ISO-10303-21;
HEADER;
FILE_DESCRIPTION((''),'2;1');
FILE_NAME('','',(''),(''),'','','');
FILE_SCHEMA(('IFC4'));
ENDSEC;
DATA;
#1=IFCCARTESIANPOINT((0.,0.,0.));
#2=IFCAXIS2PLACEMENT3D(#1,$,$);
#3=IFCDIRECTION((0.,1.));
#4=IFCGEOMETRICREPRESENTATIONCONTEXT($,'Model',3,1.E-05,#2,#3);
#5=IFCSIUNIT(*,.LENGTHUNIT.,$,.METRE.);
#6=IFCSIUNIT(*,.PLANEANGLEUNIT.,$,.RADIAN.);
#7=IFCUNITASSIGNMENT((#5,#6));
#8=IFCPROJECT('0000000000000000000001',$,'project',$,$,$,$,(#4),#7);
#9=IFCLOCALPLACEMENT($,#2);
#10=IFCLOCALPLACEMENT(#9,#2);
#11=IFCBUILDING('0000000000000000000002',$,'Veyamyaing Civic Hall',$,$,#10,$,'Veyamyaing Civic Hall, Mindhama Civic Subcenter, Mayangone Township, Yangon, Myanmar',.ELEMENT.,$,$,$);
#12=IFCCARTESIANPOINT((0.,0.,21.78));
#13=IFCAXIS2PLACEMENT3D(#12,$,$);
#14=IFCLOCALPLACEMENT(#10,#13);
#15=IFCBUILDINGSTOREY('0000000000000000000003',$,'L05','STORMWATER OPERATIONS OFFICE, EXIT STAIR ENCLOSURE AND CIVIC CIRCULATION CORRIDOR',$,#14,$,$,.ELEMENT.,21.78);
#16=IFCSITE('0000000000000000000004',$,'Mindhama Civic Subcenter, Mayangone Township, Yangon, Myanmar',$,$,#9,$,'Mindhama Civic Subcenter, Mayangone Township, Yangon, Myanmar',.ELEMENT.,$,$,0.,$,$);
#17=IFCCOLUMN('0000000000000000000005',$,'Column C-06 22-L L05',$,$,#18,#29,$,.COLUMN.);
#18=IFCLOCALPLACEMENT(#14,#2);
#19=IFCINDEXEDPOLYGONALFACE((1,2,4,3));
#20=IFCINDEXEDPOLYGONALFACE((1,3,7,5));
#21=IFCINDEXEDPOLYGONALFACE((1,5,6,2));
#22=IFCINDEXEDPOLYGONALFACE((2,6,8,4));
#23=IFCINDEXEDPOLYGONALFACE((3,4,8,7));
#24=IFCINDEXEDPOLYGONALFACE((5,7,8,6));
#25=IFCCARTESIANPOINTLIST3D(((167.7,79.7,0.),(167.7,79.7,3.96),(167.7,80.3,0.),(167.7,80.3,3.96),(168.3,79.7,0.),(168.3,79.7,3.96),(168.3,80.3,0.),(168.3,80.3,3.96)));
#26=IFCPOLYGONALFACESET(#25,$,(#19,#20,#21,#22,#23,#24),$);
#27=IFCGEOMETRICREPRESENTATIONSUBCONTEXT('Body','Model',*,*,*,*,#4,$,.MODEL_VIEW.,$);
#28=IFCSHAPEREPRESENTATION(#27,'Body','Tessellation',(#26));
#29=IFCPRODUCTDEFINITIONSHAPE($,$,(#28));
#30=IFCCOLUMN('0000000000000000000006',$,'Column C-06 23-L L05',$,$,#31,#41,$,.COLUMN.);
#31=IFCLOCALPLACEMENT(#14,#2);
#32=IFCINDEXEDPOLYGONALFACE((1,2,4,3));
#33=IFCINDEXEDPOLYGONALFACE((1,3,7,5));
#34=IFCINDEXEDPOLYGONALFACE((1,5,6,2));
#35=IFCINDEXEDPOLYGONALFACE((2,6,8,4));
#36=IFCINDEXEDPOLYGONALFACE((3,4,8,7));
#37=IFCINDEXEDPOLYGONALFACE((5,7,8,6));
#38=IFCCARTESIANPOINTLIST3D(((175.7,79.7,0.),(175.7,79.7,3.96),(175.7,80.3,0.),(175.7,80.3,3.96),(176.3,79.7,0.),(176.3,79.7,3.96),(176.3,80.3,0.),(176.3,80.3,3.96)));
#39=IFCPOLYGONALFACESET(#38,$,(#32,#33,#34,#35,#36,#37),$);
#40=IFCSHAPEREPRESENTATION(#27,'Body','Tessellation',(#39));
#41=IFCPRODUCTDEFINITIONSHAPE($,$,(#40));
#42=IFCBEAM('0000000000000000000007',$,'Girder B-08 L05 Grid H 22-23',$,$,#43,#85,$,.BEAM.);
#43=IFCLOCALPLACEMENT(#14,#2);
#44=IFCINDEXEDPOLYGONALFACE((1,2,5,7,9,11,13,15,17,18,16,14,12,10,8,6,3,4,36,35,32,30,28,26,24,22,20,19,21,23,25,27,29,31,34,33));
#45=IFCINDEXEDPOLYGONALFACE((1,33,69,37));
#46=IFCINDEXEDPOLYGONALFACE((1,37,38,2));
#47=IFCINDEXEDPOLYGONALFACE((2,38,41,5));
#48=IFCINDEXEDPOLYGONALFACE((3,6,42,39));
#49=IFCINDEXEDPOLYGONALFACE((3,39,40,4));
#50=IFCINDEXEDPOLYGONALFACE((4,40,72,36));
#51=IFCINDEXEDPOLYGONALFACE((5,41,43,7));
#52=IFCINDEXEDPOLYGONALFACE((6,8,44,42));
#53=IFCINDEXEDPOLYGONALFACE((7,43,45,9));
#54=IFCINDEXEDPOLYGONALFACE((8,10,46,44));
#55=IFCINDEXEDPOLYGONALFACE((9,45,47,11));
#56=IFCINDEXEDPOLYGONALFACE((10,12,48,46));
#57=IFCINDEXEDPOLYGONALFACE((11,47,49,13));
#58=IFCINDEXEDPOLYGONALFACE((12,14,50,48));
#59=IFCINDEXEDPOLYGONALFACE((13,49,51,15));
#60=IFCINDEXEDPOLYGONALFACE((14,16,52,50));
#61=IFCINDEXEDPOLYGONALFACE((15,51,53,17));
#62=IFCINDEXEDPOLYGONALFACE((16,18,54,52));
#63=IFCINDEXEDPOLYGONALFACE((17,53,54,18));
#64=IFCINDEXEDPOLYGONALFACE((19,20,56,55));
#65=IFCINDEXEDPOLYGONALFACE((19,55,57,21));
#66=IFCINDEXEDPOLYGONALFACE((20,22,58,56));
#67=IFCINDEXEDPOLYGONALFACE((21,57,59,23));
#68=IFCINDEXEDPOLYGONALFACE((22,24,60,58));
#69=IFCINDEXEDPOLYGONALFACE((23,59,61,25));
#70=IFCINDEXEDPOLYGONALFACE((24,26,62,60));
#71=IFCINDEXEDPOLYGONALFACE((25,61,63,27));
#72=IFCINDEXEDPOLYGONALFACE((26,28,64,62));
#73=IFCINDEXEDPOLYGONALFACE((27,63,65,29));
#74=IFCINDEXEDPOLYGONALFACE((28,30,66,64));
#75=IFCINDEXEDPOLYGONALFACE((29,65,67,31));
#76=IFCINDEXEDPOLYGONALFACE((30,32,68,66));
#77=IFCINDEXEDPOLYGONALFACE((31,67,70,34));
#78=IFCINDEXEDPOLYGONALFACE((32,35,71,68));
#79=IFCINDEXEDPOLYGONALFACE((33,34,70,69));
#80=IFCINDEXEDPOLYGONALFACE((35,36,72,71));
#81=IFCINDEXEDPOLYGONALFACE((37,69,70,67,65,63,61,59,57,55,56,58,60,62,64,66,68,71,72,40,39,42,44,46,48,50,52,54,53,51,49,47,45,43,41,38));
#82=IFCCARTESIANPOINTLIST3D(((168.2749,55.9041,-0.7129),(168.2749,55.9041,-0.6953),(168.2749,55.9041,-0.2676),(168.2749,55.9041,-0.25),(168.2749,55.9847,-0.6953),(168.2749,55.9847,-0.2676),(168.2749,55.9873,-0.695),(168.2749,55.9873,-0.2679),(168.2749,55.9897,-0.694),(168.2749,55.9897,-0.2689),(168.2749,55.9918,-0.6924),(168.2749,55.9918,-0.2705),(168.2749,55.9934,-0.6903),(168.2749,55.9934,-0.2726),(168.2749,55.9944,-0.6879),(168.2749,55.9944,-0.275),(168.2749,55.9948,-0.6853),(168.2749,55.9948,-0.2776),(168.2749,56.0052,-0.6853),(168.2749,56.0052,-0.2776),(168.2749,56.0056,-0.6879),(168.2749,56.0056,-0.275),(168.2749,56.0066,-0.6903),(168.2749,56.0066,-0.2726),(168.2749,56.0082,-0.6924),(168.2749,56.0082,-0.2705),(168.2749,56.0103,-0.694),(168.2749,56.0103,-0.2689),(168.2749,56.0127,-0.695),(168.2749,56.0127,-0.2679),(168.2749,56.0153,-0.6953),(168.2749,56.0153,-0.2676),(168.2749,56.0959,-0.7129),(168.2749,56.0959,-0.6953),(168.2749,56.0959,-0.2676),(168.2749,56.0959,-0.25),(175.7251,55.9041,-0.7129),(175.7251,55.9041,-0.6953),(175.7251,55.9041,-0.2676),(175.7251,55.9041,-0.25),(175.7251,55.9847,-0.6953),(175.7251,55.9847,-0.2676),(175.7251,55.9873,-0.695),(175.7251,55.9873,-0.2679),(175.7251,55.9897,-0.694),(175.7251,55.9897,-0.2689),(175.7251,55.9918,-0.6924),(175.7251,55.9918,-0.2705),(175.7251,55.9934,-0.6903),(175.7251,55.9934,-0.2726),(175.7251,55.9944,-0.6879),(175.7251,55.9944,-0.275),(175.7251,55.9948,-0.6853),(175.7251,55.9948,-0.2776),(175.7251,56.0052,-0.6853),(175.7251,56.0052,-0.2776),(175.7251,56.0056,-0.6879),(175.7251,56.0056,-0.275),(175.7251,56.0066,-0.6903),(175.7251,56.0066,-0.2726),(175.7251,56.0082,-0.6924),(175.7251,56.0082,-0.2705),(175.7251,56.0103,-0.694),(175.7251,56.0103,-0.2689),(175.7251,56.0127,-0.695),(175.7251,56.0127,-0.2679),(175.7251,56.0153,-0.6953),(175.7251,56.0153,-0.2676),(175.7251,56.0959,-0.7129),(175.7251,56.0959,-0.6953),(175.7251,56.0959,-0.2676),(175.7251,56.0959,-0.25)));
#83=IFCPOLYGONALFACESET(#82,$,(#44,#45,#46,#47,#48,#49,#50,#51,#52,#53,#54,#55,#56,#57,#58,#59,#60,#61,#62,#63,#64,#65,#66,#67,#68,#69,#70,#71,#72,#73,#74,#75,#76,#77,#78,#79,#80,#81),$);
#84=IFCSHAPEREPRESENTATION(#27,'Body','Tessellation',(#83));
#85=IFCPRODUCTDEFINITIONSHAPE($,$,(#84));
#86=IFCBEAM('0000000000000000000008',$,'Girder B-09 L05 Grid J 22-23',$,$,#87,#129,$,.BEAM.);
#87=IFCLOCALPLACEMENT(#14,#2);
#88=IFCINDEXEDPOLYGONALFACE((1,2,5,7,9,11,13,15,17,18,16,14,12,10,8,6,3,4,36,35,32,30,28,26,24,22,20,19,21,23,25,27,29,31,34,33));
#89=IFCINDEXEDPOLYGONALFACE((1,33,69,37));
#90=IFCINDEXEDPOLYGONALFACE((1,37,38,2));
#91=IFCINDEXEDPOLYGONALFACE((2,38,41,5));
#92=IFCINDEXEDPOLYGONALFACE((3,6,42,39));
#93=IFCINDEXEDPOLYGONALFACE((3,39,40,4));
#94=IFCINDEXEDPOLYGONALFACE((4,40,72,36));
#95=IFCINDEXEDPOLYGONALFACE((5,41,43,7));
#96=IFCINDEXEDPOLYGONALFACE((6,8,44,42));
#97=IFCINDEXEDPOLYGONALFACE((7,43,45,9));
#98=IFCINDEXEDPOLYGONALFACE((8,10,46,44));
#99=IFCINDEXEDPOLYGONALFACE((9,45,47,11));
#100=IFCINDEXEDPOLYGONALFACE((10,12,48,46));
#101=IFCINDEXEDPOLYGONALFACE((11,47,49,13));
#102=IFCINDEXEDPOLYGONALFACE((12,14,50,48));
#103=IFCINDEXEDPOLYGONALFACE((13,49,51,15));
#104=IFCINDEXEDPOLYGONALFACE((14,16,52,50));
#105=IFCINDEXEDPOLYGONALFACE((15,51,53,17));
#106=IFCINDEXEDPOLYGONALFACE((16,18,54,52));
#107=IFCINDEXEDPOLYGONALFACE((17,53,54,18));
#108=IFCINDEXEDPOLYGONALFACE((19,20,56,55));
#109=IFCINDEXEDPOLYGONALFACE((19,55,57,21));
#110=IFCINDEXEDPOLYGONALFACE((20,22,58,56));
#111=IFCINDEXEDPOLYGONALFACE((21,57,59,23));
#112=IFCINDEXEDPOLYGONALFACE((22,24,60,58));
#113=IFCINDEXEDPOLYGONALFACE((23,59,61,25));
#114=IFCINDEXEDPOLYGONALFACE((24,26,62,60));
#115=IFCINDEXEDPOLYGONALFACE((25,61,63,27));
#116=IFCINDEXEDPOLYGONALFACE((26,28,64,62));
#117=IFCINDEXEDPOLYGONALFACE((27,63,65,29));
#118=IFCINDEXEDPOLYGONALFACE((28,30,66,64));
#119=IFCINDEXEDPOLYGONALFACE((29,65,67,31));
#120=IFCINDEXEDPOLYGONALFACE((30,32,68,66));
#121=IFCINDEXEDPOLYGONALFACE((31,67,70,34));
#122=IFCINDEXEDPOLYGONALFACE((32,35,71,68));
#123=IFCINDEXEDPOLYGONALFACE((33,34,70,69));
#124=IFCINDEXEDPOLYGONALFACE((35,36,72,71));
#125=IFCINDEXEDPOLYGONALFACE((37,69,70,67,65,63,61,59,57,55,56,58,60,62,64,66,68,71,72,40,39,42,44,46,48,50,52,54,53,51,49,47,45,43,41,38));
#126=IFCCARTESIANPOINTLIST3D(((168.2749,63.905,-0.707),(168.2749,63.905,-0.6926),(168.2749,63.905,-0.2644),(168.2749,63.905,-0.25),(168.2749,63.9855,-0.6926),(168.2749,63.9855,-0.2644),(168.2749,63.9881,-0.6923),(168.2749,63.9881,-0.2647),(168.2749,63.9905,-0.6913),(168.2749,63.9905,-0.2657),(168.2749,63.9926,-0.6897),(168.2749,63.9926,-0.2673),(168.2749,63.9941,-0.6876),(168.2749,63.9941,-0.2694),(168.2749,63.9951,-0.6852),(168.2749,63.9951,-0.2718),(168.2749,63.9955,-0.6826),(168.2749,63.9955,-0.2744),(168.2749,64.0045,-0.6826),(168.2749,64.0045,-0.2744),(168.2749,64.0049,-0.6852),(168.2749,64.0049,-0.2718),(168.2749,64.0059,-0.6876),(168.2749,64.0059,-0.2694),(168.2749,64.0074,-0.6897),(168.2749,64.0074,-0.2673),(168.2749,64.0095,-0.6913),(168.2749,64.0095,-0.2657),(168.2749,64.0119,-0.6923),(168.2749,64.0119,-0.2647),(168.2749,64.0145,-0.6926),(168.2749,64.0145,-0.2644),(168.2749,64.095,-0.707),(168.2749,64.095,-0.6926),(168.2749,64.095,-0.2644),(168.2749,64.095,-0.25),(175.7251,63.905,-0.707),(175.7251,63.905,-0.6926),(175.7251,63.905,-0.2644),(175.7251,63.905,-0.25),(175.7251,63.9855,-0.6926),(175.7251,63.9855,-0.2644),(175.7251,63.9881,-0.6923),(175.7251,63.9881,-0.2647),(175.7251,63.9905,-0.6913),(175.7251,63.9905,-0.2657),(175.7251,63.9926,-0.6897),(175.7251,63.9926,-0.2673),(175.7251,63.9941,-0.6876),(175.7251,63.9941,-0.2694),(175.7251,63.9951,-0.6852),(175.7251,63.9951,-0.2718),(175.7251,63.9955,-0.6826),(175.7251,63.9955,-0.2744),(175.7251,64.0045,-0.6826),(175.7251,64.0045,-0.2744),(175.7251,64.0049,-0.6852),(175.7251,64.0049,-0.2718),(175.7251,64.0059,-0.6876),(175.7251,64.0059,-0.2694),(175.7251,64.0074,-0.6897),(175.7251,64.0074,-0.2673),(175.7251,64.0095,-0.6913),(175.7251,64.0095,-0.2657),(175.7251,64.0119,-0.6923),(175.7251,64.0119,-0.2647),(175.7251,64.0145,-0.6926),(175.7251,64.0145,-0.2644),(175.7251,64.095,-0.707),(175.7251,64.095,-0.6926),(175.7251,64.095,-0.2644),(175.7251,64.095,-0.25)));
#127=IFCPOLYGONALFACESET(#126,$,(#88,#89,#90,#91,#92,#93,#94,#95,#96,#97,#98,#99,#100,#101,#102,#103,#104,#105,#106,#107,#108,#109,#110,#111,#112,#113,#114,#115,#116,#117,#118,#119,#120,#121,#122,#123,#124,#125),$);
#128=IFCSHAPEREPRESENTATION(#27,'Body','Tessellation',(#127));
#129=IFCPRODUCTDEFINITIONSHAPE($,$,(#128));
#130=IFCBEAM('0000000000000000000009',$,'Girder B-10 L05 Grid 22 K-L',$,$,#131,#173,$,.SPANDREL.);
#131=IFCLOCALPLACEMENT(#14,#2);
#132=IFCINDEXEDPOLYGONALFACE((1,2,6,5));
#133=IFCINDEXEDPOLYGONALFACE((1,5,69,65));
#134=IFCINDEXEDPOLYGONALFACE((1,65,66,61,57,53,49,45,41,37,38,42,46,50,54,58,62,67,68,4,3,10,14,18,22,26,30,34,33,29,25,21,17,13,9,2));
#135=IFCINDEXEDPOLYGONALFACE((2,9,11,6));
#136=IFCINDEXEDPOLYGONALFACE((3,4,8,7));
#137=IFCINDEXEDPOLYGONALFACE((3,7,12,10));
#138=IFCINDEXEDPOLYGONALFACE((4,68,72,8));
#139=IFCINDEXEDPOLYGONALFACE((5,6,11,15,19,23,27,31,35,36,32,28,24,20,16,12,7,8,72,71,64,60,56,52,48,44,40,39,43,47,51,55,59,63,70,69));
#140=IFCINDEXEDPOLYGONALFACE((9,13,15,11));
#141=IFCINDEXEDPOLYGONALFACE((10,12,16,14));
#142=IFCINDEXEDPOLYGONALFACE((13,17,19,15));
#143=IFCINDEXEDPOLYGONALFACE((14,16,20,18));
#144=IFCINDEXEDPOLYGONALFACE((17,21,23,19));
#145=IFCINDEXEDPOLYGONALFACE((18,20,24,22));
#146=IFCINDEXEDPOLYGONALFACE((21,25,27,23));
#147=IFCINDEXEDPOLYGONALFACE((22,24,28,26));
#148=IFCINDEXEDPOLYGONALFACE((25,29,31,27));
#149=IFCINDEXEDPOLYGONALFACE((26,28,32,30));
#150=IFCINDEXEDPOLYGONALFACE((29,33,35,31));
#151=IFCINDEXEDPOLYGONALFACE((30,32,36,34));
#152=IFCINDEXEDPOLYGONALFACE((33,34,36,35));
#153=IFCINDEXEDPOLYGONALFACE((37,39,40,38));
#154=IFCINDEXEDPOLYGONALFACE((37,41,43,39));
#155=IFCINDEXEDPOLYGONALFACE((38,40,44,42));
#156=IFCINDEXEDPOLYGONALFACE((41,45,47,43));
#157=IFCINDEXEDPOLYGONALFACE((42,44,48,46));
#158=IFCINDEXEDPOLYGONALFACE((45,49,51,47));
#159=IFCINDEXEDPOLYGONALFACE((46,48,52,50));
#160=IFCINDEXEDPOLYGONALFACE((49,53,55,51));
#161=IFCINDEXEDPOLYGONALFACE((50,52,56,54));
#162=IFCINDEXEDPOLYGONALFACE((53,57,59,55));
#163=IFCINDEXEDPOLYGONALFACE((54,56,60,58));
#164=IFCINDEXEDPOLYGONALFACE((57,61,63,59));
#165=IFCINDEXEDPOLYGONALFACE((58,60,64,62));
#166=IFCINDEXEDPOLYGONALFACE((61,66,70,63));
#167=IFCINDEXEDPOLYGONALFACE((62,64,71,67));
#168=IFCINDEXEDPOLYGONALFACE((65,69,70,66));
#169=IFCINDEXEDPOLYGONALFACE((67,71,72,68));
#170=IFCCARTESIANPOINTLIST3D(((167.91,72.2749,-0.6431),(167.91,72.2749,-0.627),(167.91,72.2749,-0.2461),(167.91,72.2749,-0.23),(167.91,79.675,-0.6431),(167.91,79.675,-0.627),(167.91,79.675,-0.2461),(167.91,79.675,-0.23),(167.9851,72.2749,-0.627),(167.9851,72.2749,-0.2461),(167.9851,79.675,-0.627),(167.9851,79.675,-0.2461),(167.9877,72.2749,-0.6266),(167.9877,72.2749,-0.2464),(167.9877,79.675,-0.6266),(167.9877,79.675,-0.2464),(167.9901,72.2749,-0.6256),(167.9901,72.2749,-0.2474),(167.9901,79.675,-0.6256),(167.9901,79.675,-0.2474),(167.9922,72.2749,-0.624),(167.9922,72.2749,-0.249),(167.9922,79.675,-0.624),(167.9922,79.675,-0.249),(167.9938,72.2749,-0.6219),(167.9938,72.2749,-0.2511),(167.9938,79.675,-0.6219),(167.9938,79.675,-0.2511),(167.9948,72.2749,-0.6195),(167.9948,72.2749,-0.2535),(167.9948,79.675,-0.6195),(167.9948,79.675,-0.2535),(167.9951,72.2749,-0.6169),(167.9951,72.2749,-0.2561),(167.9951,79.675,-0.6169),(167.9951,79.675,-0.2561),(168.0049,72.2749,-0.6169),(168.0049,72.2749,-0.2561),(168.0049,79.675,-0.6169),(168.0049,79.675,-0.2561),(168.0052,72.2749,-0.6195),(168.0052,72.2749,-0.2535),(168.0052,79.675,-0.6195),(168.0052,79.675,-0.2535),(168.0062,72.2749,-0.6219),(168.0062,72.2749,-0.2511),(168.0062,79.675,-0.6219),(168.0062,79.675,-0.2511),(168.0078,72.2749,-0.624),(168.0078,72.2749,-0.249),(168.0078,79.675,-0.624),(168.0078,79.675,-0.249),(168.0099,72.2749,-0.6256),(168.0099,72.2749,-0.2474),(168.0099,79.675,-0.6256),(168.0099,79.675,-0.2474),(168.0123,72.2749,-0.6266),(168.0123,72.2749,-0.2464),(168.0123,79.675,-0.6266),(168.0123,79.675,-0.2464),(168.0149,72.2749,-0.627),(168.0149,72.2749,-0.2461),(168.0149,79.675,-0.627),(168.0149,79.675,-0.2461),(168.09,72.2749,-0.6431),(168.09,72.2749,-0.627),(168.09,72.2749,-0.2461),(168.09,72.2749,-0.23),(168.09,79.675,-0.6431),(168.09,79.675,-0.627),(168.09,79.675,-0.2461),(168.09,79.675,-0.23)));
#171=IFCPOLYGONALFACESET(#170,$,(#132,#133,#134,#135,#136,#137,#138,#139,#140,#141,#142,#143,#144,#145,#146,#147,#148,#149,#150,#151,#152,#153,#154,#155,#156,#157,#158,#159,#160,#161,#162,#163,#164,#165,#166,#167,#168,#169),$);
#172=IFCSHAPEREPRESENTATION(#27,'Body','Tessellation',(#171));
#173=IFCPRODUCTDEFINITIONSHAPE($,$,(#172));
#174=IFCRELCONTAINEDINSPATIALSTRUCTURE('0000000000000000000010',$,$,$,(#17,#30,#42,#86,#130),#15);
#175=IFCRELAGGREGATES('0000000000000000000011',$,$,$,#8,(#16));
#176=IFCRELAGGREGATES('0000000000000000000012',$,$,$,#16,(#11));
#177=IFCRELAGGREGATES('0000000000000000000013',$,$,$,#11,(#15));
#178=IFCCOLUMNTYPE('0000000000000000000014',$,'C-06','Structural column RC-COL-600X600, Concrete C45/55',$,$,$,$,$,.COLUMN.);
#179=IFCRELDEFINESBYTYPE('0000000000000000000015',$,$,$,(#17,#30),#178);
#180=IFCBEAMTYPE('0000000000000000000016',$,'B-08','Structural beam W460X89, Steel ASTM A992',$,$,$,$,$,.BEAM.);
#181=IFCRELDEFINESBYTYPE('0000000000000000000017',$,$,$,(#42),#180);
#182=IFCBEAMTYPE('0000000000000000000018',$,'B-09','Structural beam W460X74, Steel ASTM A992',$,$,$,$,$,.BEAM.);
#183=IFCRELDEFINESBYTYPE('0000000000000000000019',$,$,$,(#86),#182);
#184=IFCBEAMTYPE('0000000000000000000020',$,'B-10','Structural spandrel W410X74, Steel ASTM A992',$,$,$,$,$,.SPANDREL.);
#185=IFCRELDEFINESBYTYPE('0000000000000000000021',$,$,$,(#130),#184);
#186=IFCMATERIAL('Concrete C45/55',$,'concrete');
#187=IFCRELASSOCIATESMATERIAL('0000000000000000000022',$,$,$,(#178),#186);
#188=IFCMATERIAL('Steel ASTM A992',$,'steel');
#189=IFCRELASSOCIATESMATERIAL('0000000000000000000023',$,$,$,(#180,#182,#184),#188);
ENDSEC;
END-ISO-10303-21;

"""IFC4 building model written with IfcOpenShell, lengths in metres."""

from ifc_helpers import new_model, si_unit, direction, frame, origin, origin_2d, place, context, subcontext, project, spatial, rectangle, i_section, extrude, material, material_profile, profile_set, type_object, element, save


model = new_model("IFC4")

# Units and contexts
model_context = context("Model", 3, precision=1e-05, world=origin(), true_north=direction((0.0, 1.0)))
body_context = subcontext(model_context, "Body", "Model", "MODEL_VIEW")
ifc_project = project(units=[si_unit("LENGTHUNIT", "METRE"), si_unit("PLANEANGLEUNIT", "RADIAN")], contexts=[model_context])

# Site, building, storey
site_placement = place(None, origin())
site = spatial("IfcSite", under=ifc_project, at=site_placement, Name="Mindhama Civic Subcenter, Mayangone Township, Yangon, Myanmar", LongName="Mindhama Civic Subcenter, Mayangone Township, Yangon, Myanmar", CompositionType="ELEMENT", RefElevation=0.0)
building_placement = place(site_placement, origin())
building = spatial("IfcBuilding", under=site, at=building_placement, Name="Veyamyaing Civic Hall", LongName="Veyamyaing Civic Hall, Mindhama Civic Subcenter, Mayangone Township, Yangon, Myanmar", CompositionType="ELEMENT")
storey_placement = place(building_placement, frame((0.0, 0.0, 21.78)))
storey = spatial("IfcBuildingStorey", under=building, at=storey_placement, Name="L05", Description="STORMWATER OPERATIONS OFFICE, EXIT STAIR ENCLOSURE AND CIVIC CIRCULATION CORRIDOR", CompositionType="ELEMENT", Elevation=21.78)

# Columns
ifc_material_1 = material(Name="Concrete C45/55", Category="concrete")
ifc_material_profile_1 = material_profile(ifc_material_1, rectangle(XDim=0.6001, YDim=0.6001, at=origin_2d()), Name="RC-COL-600X600")
ifc_profile_set_1 = profile_set([ifc_material_profile_1], Name="Concrete C45/55")
column_type = type_object("IfcColumnType", Name="C-06", Description="Structural column RC-COL-600X600, Concrete C45/55", PredefinedType="COLUMN", material=ifc_profile_set_1)
for number, where, z_axis, x_axis, name in (
    (1, (168.0, 80.0, 0.0), (0.0, 0.0, 1.0), (1.0, 0.0, 0.0), "Column C-06 22-L L05"),
    (2, (176.0, 80.0, 0.0), (0.0, 0.0, 1.0), (1.0, 0.0, 0.0), "Column C-06 23-L L05"),
):
    element("IfcColumn", number, at=place(storey_placement, frame(where, z_axis=z_axis, x_axis=x_axis)), inside=storey, type_object=column_type, Name=name, PredefinedType="COLUMN", context=body_context, shape_type="SweptSolid", body=[
        extrude(rectangle(XDim=0.6001, YDim=0.6001, at=origin_2d()), origin(), (0.0, 0.0, 1.0), 3.96),
    ])

# Beams
ifc_material_2 = material(Name="Steel ASTM A992", Category="steel")
ifc_material_profile_2 = material_profile(ifc_material_2, i_section(OverallWidth=0.1919, OverallDepth=0.4629, WebThickness=0.0105, FlangeThickness=0.0176, FilletRadius=0.01, at=origin_2d()), Name="W460X89")
ifc_profile_set_2 = profile_set([ifc_material_profile_2], Name="Steel ASTM A992")
beam_type_1 = type_object("IfcBeamType", Name="B-08", Description="Structural beam W460X89, Steel ASTM A992", PredefinedType="BEAM", material=ifc_profile_set_2)
beam_1_placement = place(storey_placement, frame((168.2749, 56.0, -0.4814), z_axis=(1.0, 0.0, 0.0), x_axis=(0.0, 1.0, 0.0)))
element("IfcBeam", 3, at=beam_1_placement, inside=storey, type_object=beam_type_1, Name="Girder B-08 L05 Grid H 22-23", PredefinedType="BEAM", context=body_context, shape_type="SweptSolid", body=[
    extrude(i_section(OverallWidth=0.1919, OverallDepth=0.4629, WebThickness=0.0105, FlangeThickness=0.0176, FilletRadius=0.01, at=origin_2d()), origin(), (0.0, 0.0, 1.0), 7.4502),
])
ifc_material_profile_3 = material_profile(ifc_material_2, i_section(OverallWidth=0.1899, OverallDepth=0.457, WebThickness=0.009, FlangeThickness=0.0144, FilletRadius=0.01, at=origin_2d()), Name="W460X74")
ifc_profile_set_3 = profile_set([ifc_material_profile_3], Name="Steel ASTM A992")
beam_type_2 = type_object("IfcBeamType", Name="B-09", Description="Structural beam W460X74, Steel ASTM A992", PredefinedType="BEAM", material=ifc_profile_set_3)
beam_2_placement = place(storey_placement, frame((168.2749, 64.0, -0.4785), z_axis=(1.0, 0.0, 0.0), x_axis=(0.0, 1.0, 0.0)))
element("IfcBeam", 4, at=beam_2_placement, inside=storey, type_object=beam_type_2, Name="Girder B-09 L05 Grid J 22-23", PredefinedType="BEAM", context=body_context, shape_type="SweptSolid", body=[
    extrude(i_section(OverallWidth=0.1899, OverallDepth=0.457, WebThickness=0.009, FlangeThickness=0.0144, FilletRadius=0.01, at=origin_2d()), origin(), (0.0, 0.0, 1.0), 7.4502),
])
ifc_material_profile_4 = material_profile(ifc_material_2, i_section(OverallWidth=0.1799, OverallDepth=0.4131, WebThickness=0.0098, FlangeThickness=0.0161, FilletRadius=0.01, at=origin_2d()), Name="W410X74")
ifc_profile_set_4 = profile_set([ifc_material_profile_4], Name="Steel ASTM A992")
beam_type_3 = type_object("IfcBeamType", Name="B-10", Description="Structural spandrel W410X74, Steel ASTM A992", PredefinedType="SPANDREL", material=ifc_profile_set_4)
beam_3_placement = place(storey_placement, frame((168.0, 72.2749, -0.4365), z_axis=(0.0, 1.0, 0.0), x_axis=(-1.0, 0.0, 0.0)))
element("IfcBeam", 5, at=beam_3_placement, inside=storey, type_object=beam_type_3, Name="Girder B-10 L05 Grid 22 K-L", PredefinedType="SPANDREL", context=body_context, shape_type="SweptSolid", body=[
    extrude(i_section(OverallWidth=0.1799, OverallDepth=0.4131, WebThickness=0.0098, FlangeThickness=0.0161, FilletRadius=0.01, at=origin_2d()), origin(), (0.0, 0.0, 1.0), 7.4001),
])

save(model, "model.ifc")
